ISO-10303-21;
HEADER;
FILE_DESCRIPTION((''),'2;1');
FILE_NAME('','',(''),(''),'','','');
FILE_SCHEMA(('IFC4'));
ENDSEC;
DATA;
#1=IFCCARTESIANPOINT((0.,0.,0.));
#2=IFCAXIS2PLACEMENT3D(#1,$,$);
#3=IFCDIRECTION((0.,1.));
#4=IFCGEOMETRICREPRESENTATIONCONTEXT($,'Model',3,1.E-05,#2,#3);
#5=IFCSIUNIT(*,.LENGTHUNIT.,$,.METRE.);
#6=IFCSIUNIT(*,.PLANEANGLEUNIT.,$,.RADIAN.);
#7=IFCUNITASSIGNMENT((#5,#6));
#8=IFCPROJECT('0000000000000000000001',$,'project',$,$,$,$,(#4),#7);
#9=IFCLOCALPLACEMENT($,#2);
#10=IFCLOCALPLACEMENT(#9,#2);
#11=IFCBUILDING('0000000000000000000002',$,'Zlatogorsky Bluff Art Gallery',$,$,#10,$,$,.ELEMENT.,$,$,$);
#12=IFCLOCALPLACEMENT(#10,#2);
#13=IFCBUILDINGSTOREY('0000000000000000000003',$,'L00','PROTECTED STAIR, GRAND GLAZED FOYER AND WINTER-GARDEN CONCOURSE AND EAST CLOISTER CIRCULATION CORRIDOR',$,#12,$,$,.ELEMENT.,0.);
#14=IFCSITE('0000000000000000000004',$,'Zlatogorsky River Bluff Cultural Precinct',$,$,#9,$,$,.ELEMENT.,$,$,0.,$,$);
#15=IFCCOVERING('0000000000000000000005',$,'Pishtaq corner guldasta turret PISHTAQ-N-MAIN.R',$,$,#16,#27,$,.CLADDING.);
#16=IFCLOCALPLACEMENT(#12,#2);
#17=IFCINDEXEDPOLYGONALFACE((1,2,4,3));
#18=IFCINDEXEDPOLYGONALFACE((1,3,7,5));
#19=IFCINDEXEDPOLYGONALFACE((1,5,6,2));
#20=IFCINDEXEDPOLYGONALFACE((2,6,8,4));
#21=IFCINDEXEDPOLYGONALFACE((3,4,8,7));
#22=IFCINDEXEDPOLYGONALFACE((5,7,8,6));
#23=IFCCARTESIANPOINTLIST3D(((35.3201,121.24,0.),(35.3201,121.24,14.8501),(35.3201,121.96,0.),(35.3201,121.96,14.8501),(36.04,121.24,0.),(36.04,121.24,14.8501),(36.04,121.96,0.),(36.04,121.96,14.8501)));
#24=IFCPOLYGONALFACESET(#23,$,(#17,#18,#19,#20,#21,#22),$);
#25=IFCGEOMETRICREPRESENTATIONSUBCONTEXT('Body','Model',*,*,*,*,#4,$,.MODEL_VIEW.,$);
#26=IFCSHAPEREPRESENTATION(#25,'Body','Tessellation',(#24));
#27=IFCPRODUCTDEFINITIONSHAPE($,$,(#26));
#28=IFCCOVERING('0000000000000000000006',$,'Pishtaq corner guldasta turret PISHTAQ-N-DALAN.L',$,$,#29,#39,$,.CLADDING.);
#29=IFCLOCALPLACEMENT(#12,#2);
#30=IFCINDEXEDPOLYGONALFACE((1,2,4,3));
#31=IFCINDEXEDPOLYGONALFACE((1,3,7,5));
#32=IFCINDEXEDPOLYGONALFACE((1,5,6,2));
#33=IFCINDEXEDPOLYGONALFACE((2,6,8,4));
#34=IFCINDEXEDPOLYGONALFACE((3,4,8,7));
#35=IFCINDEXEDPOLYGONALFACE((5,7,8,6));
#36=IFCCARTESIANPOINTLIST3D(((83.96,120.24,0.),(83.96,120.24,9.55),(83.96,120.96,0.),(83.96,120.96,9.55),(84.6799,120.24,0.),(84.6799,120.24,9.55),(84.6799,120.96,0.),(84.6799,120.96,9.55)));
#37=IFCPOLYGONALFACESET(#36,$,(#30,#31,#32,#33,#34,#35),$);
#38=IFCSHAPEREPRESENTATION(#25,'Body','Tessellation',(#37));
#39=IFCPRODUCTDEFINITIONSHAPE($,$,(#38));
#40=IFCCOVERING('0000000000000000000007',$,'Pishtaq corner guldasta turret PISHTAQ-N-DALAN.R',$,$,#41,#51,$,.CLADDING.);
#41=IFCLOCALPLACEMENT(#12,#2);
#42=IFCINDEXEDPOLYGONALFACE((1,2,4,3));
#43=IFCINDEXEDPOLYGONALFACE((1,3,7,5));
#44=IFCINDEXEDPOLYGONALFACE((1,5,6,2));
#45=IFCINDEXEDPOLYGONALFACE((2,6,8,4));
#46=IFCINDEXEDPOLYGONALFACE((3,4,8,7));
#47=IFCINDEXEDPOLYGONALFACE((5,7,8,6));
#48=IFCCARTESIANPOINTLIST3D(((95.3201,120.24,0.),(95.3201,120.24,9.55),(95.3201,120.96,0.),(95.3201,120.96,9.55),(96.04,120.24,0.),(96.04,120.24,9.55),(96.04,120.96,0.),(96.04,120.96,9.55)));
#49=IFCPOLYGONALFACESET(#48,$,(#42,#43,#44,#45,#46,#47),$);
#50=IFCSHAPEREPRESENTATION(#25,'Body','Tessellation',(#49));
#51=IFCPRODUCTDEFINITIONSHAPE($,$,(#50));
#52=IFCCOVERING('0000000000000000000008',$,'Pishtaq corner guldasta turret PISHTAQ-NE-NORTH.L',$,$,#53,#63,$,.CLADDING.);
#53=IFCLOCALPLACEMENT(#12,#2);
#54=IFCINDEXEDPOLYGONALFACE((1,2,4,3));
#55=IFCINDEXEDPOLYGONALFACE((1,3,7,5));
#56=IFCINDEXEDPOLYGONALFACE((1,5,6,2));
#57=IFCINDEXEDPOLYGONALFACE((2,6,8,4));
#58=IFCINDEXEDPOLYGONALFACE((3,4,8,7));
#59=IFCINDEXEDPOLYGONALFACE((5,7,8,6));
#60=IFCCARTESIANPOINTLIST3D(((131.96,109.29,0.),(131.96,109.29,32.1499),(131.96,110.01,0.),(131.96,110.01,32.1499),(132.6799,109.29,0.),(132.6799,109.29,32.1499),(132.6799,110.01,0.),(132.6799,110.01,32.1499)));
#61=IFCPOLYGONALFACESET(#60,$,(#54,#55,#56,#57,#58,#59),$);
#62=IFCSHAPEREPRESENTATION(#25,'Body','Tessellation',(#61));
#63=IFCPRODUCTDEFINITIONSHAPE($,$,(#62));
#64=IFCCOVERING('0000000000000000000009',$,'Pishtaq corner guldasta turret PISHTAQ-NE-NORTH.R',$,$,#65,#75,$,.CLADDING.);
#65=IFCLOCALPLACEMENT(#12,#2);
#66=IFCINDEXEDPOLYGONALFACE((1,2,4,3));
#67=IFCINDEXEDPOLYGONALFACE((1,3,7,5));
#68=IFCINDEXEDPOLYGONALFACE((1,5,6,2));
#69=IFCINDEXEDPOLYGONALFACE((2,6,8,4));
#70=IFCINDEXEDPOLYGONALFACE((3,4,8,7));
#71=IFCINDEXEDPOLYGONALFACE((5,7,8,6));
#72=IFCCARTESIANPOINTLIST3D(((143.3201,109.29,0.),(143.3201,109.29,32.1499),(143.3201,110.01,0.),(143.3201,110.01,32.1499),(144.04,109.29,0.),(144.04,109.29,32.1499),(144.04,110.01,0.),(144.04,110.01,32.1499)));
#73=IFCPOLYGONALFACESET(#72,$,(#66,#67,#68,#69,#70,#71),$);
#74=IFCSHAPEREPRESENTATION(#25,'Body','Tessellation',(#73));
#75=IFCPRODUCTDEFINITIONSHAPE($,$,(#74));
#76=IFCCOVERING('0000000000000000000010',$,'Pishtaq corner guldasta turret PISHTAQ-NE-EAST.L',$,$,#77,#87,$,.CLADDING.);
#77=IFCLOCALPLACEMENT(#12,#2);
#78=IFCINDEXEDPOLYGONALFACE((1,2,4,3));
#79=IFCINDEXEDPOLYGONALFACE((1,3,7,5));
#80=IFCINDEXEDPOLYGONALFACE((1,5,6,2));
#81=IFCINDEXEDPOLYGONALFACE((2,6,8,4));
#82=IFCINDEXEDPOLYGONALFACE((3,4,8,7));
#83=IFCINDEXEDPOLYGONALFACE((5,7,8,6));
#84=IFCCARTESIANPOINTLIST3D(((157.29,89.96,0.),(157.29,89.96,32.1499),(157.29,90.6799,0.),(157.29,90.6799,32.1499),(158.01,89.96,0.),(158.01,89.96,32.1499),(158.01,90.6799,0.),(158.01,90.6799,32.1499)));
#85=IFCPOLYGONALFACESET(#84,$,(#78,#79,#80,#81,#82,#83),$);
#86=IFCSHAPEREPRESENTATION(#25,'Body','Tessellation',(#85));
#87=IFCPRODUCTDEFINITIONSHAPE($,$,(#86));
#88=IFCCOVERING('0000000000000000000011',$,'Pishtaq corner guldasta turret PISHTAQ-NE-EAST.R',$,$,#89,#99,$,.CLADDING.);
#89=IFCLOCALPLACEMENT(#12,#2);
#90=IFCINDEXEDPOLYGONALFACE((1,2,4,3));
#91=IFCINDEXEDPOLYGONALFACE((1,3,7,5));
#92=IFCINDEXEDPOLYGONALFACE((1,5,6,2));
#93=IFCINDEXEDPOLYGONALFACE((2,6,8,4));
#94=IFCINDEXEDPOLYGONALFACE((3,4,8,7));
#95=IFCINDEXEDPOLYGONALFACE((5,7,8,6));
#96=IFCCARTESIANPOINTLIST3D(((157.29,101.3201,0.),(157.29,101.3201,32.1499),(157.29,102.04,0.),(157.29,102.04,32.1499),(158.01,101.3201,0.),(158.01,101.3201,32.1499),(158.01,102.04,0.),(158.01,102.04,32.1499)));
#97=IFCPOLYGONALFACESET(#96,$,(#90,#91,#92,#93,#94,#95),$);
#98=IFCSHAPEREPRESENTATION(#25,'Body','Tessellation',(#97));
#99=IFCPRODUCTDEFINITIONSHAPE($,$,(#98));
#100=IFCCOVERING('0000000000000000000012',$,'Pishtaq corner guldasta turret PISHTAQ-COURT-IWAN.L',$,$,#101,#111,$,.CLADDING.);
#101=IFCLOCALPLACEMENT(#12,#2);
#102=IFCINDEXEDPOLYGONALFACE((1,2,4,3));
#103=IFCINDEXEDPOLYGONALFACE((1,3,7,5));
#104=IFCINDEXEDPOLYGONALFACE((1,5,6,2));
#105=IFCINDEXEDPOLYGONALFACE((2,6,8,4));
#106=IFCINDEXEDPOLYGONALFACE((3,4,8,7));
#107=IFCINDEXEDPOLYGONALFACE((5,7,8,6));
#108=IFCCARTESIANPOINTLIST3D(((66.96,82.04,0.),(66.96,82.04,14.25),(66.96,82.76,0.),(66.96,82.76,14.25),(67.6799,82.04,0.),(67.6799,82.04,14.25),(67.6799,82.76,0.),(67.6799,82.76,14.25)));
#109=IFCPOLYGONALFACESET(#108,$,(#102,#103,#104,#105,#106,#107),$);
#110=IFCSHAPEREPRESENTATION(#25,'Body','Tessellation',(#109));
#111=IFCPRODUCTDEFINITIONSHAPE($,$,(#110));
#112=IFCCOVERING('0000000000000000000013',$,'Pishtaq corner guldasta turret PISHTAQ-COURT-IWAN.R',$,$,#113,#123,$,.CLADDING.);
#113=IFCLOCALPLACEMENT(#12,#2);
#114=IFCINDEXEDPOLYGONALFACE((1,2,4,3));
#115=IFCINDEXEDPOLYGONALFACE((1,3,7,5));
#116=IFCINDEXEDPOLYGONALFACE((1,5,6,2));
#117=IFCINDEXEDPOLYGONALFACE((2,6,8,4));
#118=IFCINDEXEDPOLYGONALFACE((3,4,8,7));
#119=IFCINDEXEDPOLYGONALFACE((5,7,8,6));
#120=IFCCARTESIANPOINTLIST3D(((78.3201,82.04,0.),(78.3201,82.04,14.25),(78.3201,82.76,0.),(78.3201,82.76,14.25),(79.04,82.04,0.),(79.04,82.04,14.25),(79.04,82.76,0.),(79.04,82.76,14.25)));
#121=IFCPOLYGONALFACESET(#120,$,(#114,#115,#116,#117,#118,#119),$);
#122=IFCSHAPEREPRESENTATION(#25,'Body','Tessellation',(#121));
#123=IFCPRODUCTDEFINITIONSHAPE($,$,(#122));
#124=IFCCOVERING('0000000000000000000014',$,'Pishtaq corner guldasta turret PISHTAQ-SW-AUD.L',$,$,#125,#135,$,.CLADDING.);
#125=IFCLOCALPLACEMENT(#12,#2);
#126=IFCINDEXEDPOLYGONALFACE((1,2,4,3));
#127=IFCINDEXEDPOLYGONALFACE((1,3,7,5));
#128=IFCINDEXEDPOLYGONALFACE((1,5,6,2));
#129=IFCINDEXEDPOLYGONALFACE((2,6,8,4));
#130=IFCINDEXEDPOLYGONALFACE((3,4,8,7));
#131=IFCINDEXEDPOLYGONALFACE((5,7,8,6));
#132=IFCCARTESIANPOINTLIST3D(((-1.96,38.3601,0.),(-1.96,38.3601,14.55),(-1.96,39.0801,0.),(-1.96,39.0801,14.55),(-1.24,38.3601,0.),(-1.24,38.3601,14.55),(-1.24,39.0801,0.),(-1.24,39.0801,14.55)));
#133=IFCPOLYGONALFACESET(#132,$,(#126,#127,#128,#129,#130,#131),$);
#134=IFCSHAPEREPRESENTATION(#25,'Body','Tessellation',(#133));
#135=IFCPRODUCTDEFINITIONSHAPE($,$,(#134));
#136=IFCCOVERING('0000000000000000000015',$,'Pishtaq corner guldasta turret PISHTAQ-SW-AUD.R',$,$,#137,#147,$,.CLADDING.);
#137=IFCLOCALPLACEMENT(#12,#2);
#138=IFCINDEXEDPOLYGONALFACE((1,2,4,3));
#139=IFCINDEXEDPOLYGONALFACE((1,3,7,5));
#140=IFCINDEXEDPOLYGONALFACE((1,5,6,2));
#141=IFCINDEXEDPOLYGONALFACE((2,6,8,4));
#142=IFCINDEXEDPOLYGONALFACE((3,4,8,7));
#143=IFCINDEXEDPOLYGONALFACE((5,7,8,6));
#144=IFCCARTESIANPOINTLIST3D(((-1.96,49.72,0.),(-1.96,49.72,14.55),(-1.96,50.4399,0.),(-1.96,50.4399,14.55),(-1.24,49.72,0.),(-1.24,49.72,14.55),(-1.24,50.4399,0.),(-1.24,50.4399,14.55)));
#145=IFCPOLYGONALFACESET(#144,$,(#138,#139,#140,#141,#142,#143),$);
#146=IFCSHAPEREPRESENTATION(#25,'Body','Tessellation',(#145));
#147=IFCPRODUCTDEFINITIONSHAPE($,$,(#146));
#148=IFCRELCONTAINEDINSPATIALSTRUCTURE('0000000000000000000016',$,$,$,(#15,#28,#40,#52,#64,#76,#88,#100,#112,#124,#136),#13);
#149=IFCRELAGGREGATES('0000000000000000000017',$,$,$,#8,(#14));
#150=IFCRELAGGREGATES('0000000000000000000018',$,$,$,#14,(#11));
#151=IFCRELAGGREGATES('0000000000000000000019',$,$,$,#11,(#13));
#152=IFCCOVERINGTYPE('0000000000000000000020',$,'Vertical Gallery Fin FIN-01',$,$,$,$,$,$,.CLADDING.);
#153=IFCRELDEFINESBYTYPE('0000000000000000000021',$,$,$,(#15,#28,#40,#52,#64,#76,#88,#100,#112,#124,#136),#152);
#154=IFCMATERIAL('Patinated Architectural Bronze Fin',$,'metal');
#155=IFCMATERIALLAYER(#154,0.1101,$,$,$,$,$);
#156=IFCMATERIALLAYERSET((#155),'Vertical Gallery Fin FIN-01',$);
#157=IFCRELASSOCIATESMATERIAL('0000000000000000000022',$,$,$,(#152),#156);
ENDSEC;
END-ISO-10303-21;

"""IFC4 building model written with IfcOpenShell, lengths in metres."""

from ifc_helpers import new_model, si_unit, direction, origin, place, context, subcontext, project, spatial, polyline, outline, extrude, material, layer, layer_set, type_object, element, save


model = new_model("IFC4")

# Units and contexts
model_context = context("Model", 3, precision=1e-05, world=origin(), true_north=direction((0.0, 1.0)))
body_context = subcontext(model_context, "Body", "Model", "MODEL_VIEW")
ifc_project = project(units=[si_unit("LENGTHUNIT", "METRE"), si_unit("PLANEANGLEUNIT", "RADIAN")], contexts=[model_context])

# Site, building, storey
site_placement = place(None, origin())
site = spatial("IfcSite", under=ifc_project, at=site_placement, Name="Zlatogorsky River Bluff Cultural Precinct", CompositionType="ELEMENT", RefElevation=0.0)
building_placement = place(site_placement, origin())
building = spatial("IfcBuilding", under=site, at=building_placement, Name="Zlatogorsky Bluff Art Gallery", CompositionType="ELEMENT")
storey_placement = place(building_placement, origin())
storey = spatial("IfcBuildingStorey", under=building, at=storey_placement, Name="L00", Description="PROTECTED STAIR, GRAND GLAZED FOYER AND WINTER-GARDEN CONCOURSE AND EAST CLOISTER CIRCULATION CORRIDOR", CompositionType="ELEMENT", Elevation=0.0)

# Coverings
ifc_material_1 = material(Name="Patinated Architectural Bronze Fin", Category="metal")
ifc_layer_1 = layer(ifc_material_1, 0.1101)
ifc_layer_set_1 = layer_set([ifc_layer_1], Name="Vertical Gallery Fin FIN-01")
covering_type_1 = type_object("IfcCoveringType", Name="Vertical Gallery Fin FIN-01", PredefinedType="CLADDING", material=ifc_layer_set_1)
covering_1_placement = place(storey_placement, origin())
element("IfcCovering", 1, at=covering_1_placement, inside=storey, type_object=covering_type_1, Name="Pishtaq corner guldasta turret PISHTAQ-N-MAIN.R", PredefinedType="CLADDING", context=body_context, shape_type="SweptSolid", body=[
    extrude(outline(polyline([(35.3201, 121.24), (36.04, 121.24), (36.04, 121.96), (35.3201, 121.96), (35.3201, 121.24)])), origin(), (0.0, 0.0, 1.0), 14.8501),
])
covering_2_placement = place(storey_placement, origin())
element("IfcCovering", 2, at=covering_2_placement, inside=storey, type_object=covering_type_1, Name="Pishtaq corner guldasta turret PISHTAQ-N-DALAN.L", PredefinedType="CLADDING", context=body_context, shape_type="SweptSolid", body=[
    extrude(outline(polyline([(83.96, 120.24), (84.6799, 120.24), (84.6799, 120.96), (83.96, 120.96), (83.96, 120.24)])), origin(), (0.0, 0.0, 1.0), 9.55),
])
covering_3_placement = place(storey_placement, origin())
element("IfcCovering", 3, at=covering_3_placement, inside=storey, type_object=covering_type_1, Name="Pishtaq corner guldasta turret PISHTAQ-N-DALAN.R", PredefinedType="CLADDING", context=body_context, shape_type="SweptSolid", body=[
    extrude(outline(polyline([(95.3201, 120.24), (96.04, 120.24), (96.04, 120.96), (95.3201, 120.96), (95.3201, 120.24)])), origin(), (0.0, 0.0, 1.0), 9.55),
])
covering_4_placement = place(storey_placement, origin())
element("IfcCovering", 4, at=covering_4_placement, inside=storey, type_object=covering_type_1, Name="Pishtaq corner guldasta turret PISHTAQ-NE-NORTH.L", PredefinedType="CLADDING", context=body_context, shape_type="SweptSolid", body=[
    extrude(outline(polyline([(131.96, 109.29), (132.6799, 109.29), (132.6799, 110.01), (131.96, 110.01), (131.96, 109.29)])), origin(), (0.0, 0.0, 1.0), 32.1499),
])
covering_5_placement = place(storey_placement, origin())
element("IfcCovering", 5, at=covering_5_placement, inside=storey, type_object=covering_type_1, Name="Pishtaq corner guldasta turret PISHTAQ-NE-NORTH.R", PredefinedType="CLADDING", context=body_context, shape_type="SweptSolid", body=[
    extrude(outline(polyline([(143.3201, 109.29), (144.04, 109.29), (144.04, 110.01), (143.3201, 110.01), (143.3201, 109.29)])), origin(), (0.0, 0.0, 1.0), 32.1499),
])
covering_6_placement = place(storey_placement, origin())
element("IfcCovering", 6, at=covering_6_placement, inside=storey, type_object=covering_type_1, Name="Pishtaq corner guldasta turret PISHTAQ-NE-EAST.L", PredefinedType="CLADDING", context=body_context, shape_type="SweptSolid", body=[
    extrude(outline(polyline([(157.29, 89.96), (158.01, 89.96), (158.01, 90.6799), (157.29, 90.6799), (157.29, 89.96)])), origin(), (0.0, 0.0, 1.0), 32.1499),
])
covering_7_placement = place(storey_placement, origin())
element("IfcCovering", 7, at=covering_7_placement, inside=storey, type_object=covering_type_1, Name="Pishtaq corner guldasta turret PISHTAQ-NE-EAST.R", PredefinedType="CLADDING", context=body_context, shape_type="SweptSolid", body=[
    extrude(outline(polyline([(157.29, 101.3201), (158.01, 101.3201), (158.01, 102.04), (157.29, 102.04), (157.29, 101.3201)])), origin(), (0.0, 0.0, 1.0), 32.1499),
])
covering_8_placement = place(storey_placement, origin())
element("IfcCovering", 8, at=covering_8_placement, inside=storey, type_object=covering_type_1, Name="Pishtaq corner guldasta turret PISHTAQ-COURT-IWAN.L", PredefinedType="CLADDING", context=body_context, shape_type="SweptSolid", body=[
    extrude(outline(polyline([(66.96, 82.04), (67.6799, 82.04), (67.6799, 82.76), (66.96, 82.76), (66.96, 82.04)])), origin(), (0.0, 0.0, 1.0), 14.25),
])
covering_9_placement = place(storey_placement, origin())
element("IfcCovering", 9, at=covering_9_placement, inside=storey, type_object=covering_type_1, Name="Pishtaq corner guldasta turret PISHTAQ-COURT-IWAN.R", PredefinedType="CLADDING", context=body_context, shape_type="SweptSolid", body=[
    extrude(outline(polyline([(78.3201, 82.04), (79.04, 82.04), (79.04, 82.76), (78.3201, 82.76), (78.3201, 82.04)])), origin(), (0.0, 0.0, 1.0), 14.25),
])
covering_10_placement = place(storey_placement, origin())
element("IfcCovering", 10, at=covering_10_placement, inside=storey, type_object=covering_type_1, Name="Pishtaq corner guldasta turret PISHTAQ-SW-AUD.L", PredefinedType="CLADDING", context=body_context, shape_type="SweptSolid", body=[
    extrude(outline(polyline([(-1.96, 38.3601), (-1.24, 38.3601), (-1.24, 39.0801), (-1.96, 39.0801), (-1.96, 38.3601)])), origin(), (0.0, 0.0, 1.0), 14.55),
])
covering_11_placement = place(storey_placement, origin())
element("IfcCovering", 11, at=covering_11_placement, inside=storey, type_object=covering_type_1, Name="Pishtaq corner guldasta turret PISHTAQ-SW-AUD.R", PredefinedType="CLADDING", context=body_context, shape_type="SweptSolid", body=[
    extrude(outline(polyline([(-1.96, 49.72), (-1.24, 49.72), (-1.24, 50.4399), (-1.96, 50.4399), (-1.96, 49.72)])), origin(), (0.0, 0.0, 1.0), 14.55),
])

save(model, "model.ifc")
